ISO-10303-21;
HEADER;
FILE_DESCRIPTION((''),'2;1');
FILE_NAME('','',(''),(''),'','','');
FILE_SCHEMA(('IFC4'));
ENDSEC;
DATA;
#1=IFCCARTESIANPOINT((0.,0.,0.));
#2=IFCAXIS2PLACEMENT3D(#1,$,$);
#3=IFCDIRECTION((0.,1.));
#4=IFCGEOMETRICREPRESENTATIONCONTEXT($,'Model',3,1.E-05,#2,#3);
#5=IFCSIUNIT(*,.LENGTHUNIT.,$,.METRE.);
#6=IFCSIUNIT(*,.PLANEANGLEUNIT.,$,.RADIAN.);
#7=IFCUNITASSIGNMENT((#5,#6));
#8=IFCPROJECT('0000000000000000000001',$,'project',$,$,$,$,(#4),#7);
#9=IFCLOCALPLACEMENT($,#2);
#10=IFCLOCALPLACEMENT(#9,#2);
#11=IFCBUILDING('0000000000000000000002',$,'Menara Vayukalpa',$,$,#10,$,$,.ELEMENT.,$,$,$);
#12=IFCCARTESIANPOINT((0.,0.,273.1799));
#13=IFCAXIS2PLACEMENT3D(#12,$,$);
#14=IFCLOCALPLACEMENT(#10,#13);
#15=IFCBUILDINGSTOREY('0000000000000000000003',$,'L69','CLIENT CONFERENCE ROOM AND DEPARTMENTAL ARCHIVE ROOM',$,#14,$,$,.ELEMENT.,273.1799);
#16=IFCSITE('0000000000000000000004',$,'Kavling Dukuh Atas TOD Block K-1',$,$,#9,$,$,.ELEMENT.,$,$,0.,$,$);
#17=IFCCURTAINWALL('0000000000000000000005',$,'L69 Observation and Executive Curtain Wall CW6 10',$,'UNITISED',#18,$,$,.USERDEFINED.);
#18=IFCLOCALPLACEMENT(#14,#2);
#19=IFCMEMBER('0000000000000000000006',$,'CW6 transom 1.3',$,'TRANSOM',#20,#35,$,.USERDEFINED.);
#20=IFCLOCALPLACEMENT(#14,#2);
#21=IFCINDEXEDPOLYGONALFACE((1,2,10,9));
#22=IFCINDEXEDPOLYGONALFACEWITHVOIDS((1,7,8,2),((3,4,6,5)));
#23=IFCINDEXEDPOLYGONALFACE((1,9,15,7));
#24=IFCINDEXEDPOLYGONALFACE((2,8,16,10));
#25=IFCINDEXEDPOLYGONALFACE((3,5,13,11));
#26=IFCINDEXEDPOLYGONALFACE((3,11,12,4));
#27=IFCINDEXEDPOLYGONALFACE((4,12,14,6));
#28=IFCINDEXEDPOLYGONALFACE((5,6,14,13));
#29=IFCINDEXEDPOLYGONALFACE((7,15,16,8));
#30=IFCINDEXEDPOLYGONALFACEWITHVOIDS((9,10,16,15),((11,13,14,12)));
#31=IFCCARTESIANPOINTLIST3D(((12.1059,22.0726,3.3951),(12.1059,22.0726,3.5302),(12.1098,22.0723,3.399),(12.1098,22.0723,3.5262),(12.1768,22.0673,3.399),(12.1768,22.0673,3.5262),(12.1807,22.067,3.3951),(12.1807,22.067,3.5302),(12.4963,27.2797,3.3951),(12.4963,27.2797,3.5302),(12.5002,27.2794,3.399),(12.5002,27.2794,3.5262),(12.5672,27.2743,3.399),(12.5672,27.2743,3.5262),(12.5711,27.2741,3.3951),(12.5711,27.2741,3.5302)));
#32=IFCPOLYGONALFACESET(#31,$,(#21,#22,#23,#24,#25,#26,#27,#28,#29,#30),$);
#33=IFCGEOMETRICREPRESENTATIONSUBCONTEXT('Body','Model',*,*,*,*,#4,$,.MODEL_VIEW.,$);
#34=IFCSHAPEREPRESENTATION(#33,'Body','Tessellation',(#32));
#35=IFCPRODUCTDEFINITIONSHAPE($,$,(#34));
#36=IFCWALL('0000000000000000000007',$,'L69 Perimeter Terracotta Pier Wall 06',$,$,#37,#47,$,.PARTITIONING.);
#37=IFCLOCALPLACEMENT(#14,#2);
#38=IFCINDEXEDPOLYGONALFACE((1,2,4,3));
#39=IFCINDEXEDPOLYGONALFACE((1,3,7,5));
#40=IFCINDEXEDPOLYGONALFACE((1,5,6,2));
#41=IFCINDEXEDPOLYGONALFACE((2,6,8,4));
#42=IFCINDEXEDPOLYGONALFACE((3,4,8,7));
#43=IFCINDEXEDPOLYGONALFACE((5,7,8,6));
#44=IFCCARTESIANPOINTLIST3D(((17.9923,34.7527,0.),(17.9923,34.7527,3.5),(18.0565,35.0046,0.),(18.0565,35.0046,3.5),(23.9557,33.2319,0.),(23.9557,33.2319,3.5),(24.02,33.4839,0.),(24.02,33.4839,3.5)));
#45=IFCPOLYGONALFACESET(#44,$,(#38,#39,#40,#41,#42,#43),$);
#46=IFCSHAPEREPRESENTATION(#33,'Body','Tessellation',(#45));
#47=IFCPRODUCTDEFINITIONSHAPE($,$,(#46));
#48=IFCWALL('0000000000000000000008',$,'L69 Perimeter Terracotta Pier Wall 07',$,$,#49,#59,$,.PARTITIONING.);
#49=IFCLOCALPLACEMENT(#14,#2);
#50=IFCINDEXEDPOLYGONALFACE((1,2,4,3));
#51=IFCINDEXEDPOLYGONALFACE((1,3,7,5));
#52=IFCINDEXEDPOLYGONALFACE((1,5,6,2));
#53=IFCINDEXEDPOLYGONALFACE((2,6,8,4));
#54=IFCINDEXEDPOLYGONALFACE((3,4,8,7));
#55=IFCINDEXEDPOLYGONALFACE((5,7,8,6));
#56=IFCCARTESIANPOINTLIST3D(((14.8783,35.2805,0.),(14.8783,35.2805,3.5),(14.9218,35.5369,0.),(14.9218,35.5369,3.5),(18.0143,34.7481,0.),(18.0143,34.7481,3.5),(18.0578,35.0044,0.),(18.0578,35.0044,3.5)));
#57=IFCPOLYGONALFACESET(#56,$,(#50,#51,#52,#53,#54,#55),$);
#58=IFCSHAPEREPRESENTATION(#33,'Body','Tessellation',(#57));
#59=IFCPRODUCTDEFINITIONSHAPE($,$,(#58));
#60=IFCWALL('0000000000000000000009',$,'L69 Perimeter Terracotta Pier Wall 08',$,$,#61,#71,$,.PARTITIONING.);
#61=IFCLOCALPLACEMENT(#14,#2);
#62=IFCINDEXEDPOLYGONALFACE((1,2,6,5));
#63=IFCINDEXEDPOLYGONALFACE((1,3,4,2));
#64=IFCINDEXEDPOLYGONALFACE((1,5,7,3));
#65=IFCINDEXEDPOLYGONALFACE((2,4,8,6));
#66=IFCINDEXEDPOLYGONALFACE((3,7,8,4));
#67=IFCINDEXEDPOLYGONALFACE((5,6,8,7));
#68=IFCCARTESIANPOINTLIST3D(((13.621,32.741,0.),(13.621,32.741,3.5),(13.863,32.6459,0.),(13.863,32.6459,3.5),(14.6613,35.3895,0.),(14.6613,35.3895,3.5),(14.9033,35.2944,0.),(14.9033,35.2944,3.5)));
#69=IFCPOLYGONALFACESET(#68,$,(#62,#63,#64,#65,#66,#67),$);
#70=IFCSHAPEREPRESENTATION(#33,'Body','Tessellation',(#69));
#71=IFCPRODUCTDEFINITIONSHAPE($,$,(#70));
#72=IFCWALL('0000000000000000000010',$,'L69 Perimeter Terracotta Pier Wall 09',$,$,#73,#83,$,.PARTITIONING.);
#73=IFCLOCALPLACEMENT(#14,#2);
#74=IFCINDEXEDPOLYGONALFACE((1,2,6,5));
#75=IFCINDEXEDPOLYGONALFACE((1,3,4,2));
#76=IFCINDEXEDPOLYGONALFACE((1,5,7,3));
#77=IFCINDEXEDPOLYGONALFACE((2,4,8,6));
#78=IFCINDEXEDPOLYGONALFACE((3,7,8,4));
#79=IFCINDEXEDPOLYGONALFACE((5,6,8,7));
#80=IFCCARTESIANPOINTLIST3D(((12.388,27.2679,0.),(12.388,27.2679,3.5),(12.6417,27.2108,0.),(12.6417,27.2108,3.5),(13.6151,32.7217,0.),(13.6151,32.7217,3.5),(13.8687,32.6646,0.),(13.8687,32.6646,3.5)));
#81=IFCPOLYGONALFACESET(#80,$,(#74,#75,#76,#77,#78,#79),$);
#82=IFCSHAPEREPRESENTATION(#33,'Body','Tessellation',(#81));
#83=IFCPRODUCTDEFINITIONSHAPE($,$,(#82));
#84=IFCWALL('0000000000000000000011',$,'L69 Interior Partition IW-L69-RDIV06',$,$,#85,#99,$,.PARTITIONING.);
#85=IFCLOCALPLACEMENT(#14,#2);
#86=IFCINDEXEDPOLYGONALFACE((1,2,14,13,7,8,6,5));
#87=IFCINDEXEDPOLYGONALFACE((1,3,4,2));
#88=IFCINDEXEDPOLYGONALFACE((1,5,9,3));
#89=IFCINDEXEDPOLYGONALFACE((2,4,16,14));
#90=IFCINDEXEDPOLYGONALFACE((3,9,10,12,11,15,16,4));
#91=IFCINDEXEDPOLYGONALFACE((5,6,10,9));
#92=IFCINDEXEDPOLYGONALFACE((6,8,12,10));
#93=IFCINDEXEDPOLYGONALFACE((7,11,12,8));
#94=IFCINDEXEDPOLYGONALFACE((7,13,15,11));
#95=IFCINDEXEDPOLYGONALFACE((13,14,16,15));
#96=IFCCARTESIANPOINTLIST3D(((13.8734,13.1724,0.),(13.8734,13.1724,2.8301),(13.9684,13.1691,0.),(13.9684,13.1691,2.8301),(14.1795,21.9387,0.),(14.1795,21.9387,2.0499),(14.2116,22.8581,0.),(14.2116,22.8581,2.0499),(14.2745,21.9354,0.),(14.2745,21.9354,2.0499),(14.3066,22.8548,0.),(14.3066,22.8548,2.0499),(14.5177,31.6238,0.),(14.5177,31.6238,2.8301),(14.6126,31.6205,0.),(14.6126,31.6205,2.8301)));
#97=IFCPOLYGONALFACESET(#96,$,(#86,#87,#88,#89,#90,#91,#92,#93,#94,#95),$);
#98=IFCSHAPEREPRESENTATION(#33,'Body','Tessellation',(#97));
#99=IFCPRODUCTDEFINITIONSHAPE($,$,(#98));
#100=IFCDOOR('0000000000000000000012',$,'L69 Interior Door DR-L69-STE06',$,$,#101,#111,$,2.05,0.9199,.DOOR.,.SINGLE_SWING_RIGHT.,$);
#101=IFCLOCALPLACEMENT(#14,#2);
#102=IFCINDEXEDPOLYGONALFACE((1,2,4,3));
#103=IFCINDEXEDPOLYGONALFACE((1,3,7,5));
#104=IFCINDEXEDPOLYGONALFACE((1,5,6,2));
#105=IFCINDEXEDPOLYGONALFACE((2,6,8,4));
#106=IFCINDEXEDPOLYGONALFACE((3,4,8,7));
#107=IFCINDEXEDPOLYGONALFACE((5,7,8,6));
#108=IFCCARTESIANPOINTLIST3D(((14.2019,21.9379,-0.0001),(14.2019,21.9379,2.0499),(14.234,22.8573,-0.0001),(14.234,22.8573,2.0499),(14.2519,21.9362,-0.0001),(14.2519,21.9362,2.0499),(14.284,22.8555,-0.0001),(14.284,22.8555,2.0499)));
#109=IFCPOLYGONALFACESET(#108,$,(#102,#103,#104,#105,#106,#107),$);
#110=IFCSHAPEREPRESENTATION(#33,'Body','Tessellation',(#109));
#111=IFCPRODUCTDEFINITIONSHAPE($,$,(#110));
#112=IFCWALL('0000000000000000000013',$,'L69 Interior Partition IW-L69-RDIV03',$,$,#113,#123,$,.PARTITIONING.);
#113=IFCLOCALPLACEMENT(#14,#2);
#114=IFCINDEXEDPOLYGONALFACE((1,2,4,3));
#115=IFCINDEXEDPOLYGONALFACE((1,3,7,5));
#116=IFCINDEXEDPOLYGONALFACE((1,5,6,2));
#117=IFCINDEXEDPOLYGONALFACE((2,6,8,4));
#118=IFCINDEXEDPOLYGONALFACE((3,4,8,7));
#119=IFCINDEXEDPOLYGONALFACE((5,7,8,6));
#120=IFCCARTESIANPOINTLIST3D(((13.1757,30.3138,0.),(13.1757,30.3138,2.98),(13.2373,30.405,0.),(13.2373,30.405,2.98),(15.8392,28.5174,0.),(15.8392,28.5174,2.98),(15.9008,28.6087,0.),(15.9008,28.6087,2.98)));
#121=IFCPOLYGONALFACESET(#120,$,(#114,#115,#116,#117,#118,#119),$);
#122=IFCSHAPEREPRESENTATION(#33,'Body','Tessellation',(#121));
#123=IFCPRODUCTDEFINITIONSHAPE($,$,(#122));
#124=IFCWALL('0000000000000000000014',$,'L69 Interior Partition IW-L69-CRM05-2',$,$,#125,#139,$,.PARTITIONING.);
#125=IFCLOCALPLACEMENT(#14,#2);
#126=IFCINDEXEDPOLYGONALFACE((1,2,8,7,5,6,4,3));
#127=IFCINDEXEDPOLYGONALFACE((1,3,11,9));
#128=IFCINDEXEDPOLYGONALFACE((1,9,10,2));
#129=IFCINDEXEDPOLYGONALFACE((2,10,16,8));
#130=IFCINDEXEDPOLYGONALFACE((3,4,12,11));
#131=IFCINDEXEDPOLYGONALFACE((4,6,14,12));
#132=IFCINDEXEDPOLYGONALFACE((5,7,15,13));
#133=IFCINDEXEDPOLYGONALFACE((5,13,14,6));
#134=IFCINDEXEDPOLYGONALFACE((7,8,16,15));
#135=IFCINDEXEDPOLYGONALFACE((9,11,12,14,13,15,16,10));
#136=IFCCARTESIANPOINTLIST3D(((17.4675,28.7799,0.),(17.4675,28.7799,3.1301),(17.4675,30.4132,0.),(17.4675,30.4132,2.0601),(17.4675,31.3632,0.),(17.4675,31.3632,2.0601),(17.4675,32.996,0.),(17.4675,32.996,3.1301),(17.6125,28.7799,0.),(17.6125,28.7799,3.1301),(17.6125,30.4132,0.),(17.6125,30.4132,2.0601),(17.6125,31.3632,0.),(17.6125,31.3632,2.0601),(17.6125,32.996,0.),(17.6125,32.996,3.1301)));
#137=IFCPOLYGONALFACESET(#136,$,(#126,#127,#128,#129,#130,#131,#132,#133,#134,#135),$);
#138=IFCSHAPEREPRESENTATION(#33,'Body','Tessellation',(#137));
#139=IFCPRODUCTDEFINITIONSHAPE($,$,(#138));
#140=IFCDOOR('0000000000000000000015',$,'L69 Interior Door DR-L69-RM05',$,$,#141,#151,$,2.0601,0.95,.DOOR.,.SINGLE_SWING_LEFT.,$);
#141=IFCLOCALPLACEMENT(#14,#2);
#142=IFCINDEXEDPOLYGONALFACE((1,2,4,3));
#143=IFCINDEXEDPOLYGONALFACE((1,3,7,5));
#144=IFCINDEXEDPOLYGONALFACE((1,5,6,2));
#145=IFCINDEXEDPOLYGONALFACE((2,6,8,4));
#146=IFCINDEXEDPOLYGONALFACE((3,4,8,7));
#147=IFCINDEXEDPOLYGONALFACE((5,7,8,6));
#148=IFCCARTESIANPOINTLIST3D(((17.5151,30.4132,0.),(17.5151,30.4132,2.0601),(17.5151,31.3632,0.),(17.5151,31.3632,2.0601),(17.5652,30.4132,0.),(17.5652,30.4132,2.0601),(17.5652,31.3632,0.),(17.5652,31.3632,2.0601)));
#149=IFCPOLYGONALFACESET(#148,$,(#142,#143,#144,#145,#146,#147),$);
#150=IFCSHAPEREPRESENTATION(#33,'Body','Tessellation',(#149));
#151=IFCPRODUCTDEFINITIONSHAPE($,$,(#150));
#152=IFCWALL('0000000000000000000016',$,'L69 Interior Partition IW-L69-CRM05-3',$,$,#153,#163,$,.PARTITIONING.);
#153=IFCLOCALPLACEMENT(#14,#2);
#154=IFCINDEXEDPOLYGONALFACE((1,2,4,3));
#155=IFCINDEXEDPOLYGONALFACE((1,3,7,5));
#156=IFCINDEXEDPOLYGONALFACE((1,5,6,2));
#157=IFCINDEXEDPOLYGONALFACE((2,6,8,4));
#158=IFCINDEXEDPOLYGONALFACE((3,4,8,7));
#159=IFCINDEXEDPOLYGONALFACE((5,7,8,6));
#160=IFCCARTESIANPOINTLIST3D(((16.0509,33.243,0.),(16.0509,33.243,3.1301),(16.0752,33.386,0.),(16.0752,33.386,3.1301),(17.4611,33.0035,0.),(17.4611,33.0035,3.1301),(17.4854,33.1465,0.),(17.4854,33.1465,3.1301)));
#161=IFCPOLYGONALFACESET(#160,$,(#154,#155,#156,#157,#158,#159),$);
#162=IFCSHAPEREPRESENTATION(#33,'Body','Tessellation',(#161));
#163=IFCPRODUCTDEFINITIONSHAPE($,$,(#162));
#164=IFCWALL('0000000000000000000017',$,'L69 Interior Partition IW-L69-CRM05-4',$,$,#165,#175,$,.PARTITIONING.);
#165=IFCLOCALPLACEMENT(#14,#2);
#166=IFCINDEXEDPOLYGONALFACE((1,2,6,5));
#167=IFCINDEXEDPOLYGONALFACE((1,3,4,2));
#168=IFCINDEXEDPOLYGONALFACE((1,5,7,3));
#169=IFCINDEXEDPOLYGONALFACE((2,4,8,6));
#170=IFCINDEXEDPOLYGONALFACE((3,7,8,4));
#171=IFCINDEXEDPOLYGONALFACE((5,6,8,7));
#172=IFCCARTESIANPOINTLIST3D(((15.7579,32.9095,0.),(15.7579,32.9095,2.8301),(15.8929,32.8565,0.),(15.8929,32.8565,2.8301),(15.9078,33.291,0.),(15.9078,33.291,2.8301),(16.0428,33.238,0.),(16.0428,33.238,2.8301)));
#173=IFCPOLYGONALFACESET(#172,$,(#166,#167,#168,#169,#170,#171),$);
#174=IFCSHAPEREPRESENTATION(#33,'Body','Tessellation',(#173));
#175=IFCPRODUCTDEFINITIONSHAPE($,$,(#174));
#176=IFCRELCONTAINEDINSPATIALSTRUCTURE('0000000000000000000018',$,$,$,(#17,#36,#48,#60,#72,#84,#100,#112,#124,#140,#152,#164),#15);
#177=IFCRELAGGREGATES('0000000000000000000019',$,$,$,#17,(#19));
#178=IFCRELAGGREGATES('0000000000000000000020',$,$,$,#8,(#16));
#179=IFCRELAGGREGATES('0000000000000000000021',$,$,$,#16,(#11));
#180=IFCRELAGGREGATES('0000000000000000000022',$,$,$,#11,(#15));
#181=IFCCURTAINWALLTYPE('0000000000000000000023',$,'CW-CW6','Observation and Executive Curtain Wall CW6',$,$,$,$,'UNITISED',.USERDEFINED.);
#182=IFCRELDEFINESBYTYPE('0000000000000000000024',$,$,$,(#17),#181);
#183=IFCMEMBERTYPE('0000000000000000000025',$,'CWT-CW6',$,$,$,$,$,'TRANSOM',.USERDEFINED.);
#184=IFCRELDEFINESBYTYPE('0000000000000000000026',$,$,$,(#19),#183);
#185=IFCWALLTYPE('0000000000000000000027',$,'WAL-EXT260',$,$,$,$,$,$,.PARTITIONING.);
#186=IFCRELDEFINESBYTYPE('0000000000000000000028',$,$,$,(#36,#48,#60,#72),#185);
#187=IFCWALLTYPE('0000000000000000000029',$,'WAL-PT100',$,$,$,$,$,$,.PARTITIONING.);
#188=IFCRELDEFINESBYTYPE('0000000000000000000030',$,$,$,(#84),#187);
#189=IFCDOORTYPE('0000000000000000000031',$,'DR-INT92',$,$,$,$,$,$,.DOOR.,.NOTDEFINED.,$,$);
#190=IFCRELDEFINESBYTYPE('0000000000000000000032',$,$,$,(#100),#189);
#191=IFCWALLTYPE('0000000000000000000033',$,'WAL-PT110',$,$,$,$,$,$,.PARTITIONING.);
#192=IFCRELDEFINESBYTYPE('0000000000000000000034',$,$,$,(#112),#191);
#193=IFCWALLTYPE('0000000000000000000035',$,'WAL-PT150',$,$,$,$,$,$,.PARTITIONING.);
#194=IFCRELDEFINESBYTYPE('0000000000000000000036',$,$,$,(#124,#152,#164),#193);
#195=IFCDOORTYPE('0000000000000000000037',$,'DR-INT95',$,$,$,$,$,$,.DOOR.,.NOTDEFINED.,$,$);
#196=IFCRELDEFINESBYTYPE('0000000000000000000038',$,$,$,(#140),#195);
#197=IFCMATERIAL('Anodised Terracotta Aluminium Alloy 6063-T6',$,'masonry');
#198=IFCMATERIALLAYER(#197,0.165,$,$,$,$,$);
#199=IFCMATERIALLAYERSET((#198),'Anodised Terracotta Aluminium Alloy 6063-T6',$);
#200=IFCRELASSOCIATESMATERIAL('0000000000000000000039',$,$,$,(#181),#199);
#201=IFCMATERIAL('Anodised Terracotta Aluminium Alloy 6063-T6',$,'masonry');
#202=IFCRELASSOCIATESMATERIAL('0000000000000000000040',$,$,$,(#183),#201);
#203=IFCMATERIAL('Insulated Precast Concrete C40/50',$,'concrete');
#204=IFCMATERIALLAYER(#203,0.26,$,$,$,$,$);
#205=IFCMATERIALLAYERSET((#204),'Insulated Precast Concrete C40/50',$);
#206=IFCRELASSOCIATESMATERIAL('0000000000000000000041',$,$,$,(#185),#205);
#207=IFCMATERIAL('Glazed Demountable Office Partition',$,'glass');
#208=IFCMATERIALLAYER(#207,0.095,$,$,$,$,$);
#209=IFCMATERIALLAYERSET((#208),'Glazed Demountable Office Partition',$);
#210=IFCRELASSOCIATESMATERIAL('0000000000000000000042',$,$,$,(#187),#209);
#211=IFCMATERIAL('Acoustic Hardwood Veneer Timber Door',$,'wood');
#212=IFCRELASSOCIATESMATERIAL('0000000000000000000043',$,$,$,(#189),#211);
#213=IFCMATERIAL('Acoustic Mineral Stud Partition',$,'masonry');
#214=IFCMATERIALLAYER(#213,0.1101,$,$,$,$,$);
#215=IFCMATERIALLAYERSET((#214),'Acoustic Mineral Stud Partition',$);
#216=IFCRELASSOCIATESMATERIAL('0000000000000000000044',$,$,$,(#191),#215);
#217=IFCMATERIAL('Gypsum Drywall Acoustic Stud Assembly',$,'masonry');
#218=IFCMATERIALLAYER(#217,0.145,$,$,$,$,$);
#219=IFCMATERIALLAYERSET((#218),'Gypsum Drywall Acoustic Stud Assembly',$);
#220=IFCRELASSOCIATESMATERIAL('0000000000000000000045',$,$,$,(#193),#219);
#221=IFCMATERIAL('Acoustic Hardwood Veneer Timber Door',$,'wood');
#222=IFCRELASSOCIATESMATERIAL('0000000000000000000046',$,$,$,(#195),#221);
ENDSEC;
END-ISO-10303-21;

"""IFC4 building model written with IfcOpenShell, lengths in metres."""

from ifc_helpers import new_model, si_unit, direction, frame, frame_2d, origin, origin_2d, place, context, subcontext, project, spatial, rectangle, hollow_rectangle, extrude, material, layer, layer_set, material_profile, profile_set, type_object, element, fill, aggregate, save


model = new_model("IFC4")

# Units and contexts
model_context = context("Model", 3, precision=1e-05, world=origin(), true_north=direction((0.0, 1.0)))
body_context = subcontext(model_context, "Body", "Model", "MODEL_VIEW")
ifc_project = project(units=[si_unit("LENGTHUNIT", "METRE"), si_unit("PLANEANGLEUNIT", "RADIAN")], contexts=[model_context])

# Site, building, storey
site_placement = place(None, origin())
site = spatial("IfcSite", under=ifc_project, at=site_placement, Name="Kavling Dukuh Atas TOD Block K-1", CompositionType="ELEMENT", RefElevation=0.0)
building_placement = place(site_placement, origin())
building = spatial("IfcBuilding", under=site, at=building_placement, Name="Menara Vayukalpa", CompositionType="ELEMENT")
storey_placement = place(building_placement, frame((0.0, 0.0, 273.1799)))
storey = spatial("IfcBuildingStorey", under=building, at=storey_placement, Name="L69", Description="CLIENT CONFERENCE ROOM AND DEPARTMENTAL ARCHIVE ROOM", CompositionType="ELEMENT", Elevation=273.1799)

# Curtain wall, member
ifc_material_1 = material(Name="Anodised Terracotta Aluminium Alloy 6063-T6", Category="masonry")
ifc_layer_1 = layer(ifc_material_1, 0.165)
ifc_layer_set_1 = layer_set([ifc_layer_1], Name="Anodised Terracotta Aluminium Alloy 6063-T6")
curtain_wall_type = type_object("IfcCurtainWallType", Name="CW-CW6", Description="Observation and Executive Curtain Wall CW6", ElementType="UNITISED", PredefinedType="USERDEFINED", material=ifc_layer_set_1)
curtain_wall_placement = place(storey_placement, origin())
curtain_wall = element("IfcCurtainWall", 1, at=curtain_wall_placement, inside=storey, type_object=curtain_wall_type, Name="L69 Observation and Executive Curtain Wall CW6 10", ObjectType="UNITISED", PredefinedType="USERDEFINED")
ifc_material_2 = material(Name="Anodised Terracotta Aluminium Alloy 6063-T6", Category="masonry")
ifc_material_profile_1 = material_profile(ifc_material_2, hollow_rectangle(XDim=0.075, YDim=0.135, WallThickness=0.0039, at=origin_2d()), Name="ALU 75x135x4")
ifc_profile_set_1 = profile_set([ifc_material_profile_1], Name="Anodised Terracotta Aluminium Alloy 6063-T6")
member_type_1 = type_object("IfcMemberType", Name="CWT-CW6", ElementType="TRANSOM", PredefinedType="USERDEFINED", material=ifc_profile_set_1)
member_1_placement = place(storey_placement, frame((12.5337, 27.2769, 3.4626), z_axis=(-0.074762, -0.997201, 0.0), x_axis=(0.997201, -0.074762, 0.0)))
member_1 = element("IfcMember", 2, at=member_1_placement, type_object=member_type_1, Name="CW6 transom 1.3", ObjectType="TRANSOM", PredefinedType="USERDEFINED", context=body_context, shape_type="SweptSolid", body=[
    extrude(hollow_rectangle(XDim=0.075, YDim=0.135, WallThickness=0.0039, at=origin_2d()), origin(), (0.0, 0.0, 1.0), 5.2217),
])
aggregate(curtain_wall, [member_1])

# Walls
ifc_material_3 = material(Name="Insulated Precast Concrete C40/50", Category="concrete")
ifc_layer_2 = layer(ifc_material_3, 0.26)
ifc_layer_set_2 = layer_set([ifc_layer_2], Name="Insulated Precast Concrete C40/50")
wall_type_1 = type_object("IfcWallType", Name="WAL-EXT260", PredefinedType="PARTITIONING", material=ifc_layer_set_2)
wall_1_placement = place(storey_placement, frame((18.0244, 34.8787, 0.0), z_axis=(0.0, 0.0, 1.0), x_axis=(0.968988, -0.247107, 0.0)))
element("IfcWall", 3, at=wall_1_placement, inside=storey, type_object=wall_type_1, Name="L69 Perimeter Terracotta Pier Wall 06", PredefinedType="PARTITIONING", context=body_context, shape_type="SweptSolid", body=[
    extrude(rectangle(XDim=6.1543, YDim=0.26, at=frame_2d((3.0771, 0.0))), origin(), (0.0, 0.0, 1.0), 3.5),
])
wall_2_placement = place(storey_placement, frame((14.9001, 35.4087, 0.0), z_axis=(0.0, 0.0, 1.0), x_axis=(0.985889, -0.167398, 0.0)))
element("IfcWall", 4, at=wall_2_placement, inside=storey, type_object=wall_type_1, Name="L69 Perimeter Terracotta Pier Wall 07", PredefinedType="PARTITIONING", context=body_context, shape_type="SweptSolid", body=[
    extrude(rectangle(XDim=3.1809, YDim=0.26, at=frame_2d((1.5903, 0.0))), origin(), (0.0, 0.0, 1.0), 3.5),
])
wall_3_placement = place(storey_placement, frame((13.7419, 32.6934, 0.0), z_axis=(0.0, 0.0, 1.0), x_axis=(0.365599, 0.930772, 0.0)))
element("IfcWall", 5, at=wall_3_placement, inside=storey, type_object=wall_type_1, Name="L69 Perimeter Terracotta Pier Wall 08", PredefinedType="PARTITIONING", context=body_context, shape_type="SweptSolid", body=[
    extrude(rectangle(XDim=2.8455, YDim=0.26, at=frame_2d((1.4229, 0.0))), origin(), (0.0, 0.0, 1.0), 3.5),
])
wall_4_placement = place(storey_placement, frame((12.5149, 27.2395, 0.0), z_axis=(0.0, 0.0, 1.0), x_axis=(0.219501, 0.975612, 0.0)))
element("IfcWall", 6, at=wall_4_placement, inside=storey, type_object=wall_type_1, Name="L69 Perimeter Terracotta Pier Wall 09", PredefinedType="PARTITIONING", context=body_context, shape_type="SweptSolid", body=[
    extrude(rectangle(XDim=5.5901, YDim=0.26, at=frame_2d((2.7949, 0.0))), origin(), (0.0, 0.0, 1.0), 3.5),
])

# Wall, opening, door
ifc_material_4 = material(Name="Glazed Demountable Office Partition", Category="glass")
ifc_layer_3 = layer(ifc_material_4, 0.095)
ifc_layer_set_3 = layer_set([ifc_layer_3], Name="Glazed Demountable Office Partition")
wall_type_2 = type_object("IfcWallType", Name="WAL-PT100", PredefinedType="PARTITIONING", material=ifc_layer_set_3)
wall_5_placement = place(storey_placement, frame((14.5652, 31.6223, 0.0), z_axis=(0.0, 0.0, 1.0), x_axis=(-0.034897, -0.999391, 0.0)))
wall_5 = element("IfcWall", 7, at=wall_5_placement, inside=storey, type_object=wall_type_2, Name="L69 Interior Partition IW-L69-RDIV06", PredefinedType="PARTITIONING", context=body_context, shape_type="SweptSolid", body=[
    extrude(rectangle(XDim=18.4626, YDim=0.095, at=frame_2d((9.2314, 0.0))), origin(), (0.0, 0.0, 1.0), 2.8301),
])
opening_1_placement = place(wall_5_placement, frame((8.7712, 0.0, 0.0)))
opening_1 = element("IfcOpeningElement", 8, at=opening_1_placement, cuts=wall_5, PredefinedType="OPENING", context=body_context, shape_type="SweptSolid", body=[
    extrude(rectangle(XDim=0.9199, YDim=2.05, at=frame_2d((0.46, 1.0249))), frame((0.0, 0.0574, 0.0), z_axis=(0.0, -1.0, 0.0), x_axis=(1.0, 0.0, 0.0)), (0.0, 0.0, 1.0), 0.115),
])
ifc_material_5 = material(Name="Acoustic Hardwood Veneer Timber Door", Category="wood")
door_type_1 = type_object("IfcDoorType", Name="DR-INT92", OperationType="NOTDEFINED", PredefinedType="DOOR", material=ifc_material_5)
door_1_placement = place(opening_1_placement, origin())
door_1 = element("IfcDoor", 9, at=door_1_placement, inside=storey, type_object=door_type_1, Name="L69 Interior Door DR-L69-STE06", OperationType="SINGLE_SWING_RIGHT", OverallHeight=2.05, OverallWidth=0.9199, PredefinedType="DOOR", context=body_context, shape_type="SweptSolid", body=[
    extrude(rectangle(XDim=0.9199, YDim=2.05, at=frame_2d((0.46, 1.0249))), frame((0.0, 0.0249, 0.0), z_axis=(0.0, -1.0, 0.0), x_axis=(1.0, 0.0, 0.0)), (0.0, 0.0, 1.0), 0.05),
])
fill(opening_1, door_1)

# Wall
ifc_material_6 = material(Name="Acoustic Mineral Stud Partition", Category="masonry")
ifc_layer_4 = layer(ifc_material_6, 0.1101)
ifc_layer_set_4 = layer_set([ifc_layer_4], Name="Acoustic Mineral Stud Partition")
wall_type_3 = type_object("IfcWallType", Name="WAL-PT110", PredefinedType="PARTITIONING", material=ifc_layer_set_4)
wall_6_placement = place(storey_placement, frame((15.8701, 28.563, 0.0), z_axis=(0.0, 0.0, 1.0), x_axis=(-0.829069, 0.559147, 0.0)))
element("IfcWall", 10, at=wall_6_placement, inside=storey, type_object=wall_type_3, Name="L69 Interior Partition IW-L69-RDIV03", PredefinedType="PARTITIONING", context=body_context, shape_type="SweptSolid", body=[
    extrude(rectangle(XDim=3.2126, YDim=0.1101, at=frame_2d((1.6064, 0.0))), origin(), (0.0, 0.0, 1.0), 2.98),
])

# Wall, opening, door
ifc_material_7 = material(Name="Gypsum Drywall Acoustic Stud Assembly", Category="masonry")
ifc_layer_5 = layer(ifc_material_7, 0.145)
ifc_layer_set_5 = layer_set([ifc_layer_5], Name="Gypsum Drywall Acoustic Stud Assembly")
wall_type_4 = type_object("IfcWallType", Name="WAL-PT150", PredefinedType="PARTITIONING", material=ifc_layer_set_5)
wall_7_placement = place(storey_placement, frame((17.54, 28.78, 0.0), z_axis=(0.0, 0.0, 1.0), x_axis=(0.0, 1.0, 0.0)))
wall_7 = element("IfcWall", 11, at=wall_7_placement, inside=storey, type_object=wall_type_4, Name="L69 Interior Partition IW-L69-CRM05-2", PredefinedType="PARTITIONING", context=body_context, shape_type="SweptSolid", body=[
    extrude(rectangle(XDim=4.2161, YDim=0.145, at=frame_2d((2.1079, 0.0))), origin(), (0.0, 0.0, 1.0), 3.1301),
])
opening_2_placement = place(wall_7_placement, frame((1.6331, 0.0, 0.0)))
opening_2 = element("IfcOpeningElement", 12, at=opening_2_placement, cuts=wall_7, PredefinedType="OPENING", context=body_context, shape_type="SweptSolid", body=[
    extrude(rectangle(XDim=0.95, YDim=2.0601, at=frame_2d((0.4751, 1.03))), frame((0.0, 0.0825, 0.0), z_axis=(0.0, -1.0, 0.0), x_axis=(1.0, 0.0, 0.0)), (0.0, 0.0, 1.0), 0.165),
])
ifc_material_8 = material(Name="Acoustic Hardwood Veneer Timber Door", Category="wood")
door_type_2 = type_object("IfcDoorType", Name="DR-INT95", OperationType="NOTDEFINED", PredefinedType="DOOR", material=ifc_material_8)
door_2_placement = place(opening_2_placement, origin())
door_2 = element("IfcDoor", 13, at=door_2_placement, inside=storey, type_object=door_type_2, Name="L69 Interior Door DR-L69-RM05", OperationType="SINGLE_SWING_LEFT", OverallHeight=2.0601, OverallWidth=0.95, PredefinedType="DOOR", context=body_context, shape_type="SweptSolid", body=[
    extrude(rectangle(XDim=0.95, YDim=2.0601, at=frame_2d((0.4751, 1.03))), frame((0.0, 0.0249, 0.0), z_axis=(0.0, -1.0, 0.0), x_axis=(1.0, 0.0, 0.0)), (0.0, 0.0, 1.0), 0.05),
])
fill(opening_2, door_2)

# Walls
wall_8_placement = place(storey_placement, frame((17.4734, 33.075, 0.0), z_axis=(0.0, 0.0, 1.0), x_axis=(-0.985882, 0.167443, 0.0)))
element("IfcWall", 14, at=wall_8_placement, inside=storey, type_object=wall_type_4, Name="L69 Interior Partition IW-L69-CRM05-3", PredefinedType="PARTITIONING", context=body_context, shape_type="SweptSolid", body=[
    extrude(rectangle(XDim=1.4304, YDim=0.145, at=frame_2d((0.7153, 0.0))), origin(), (0.0, 0.0, 1.0), 3.1301),
])
wall_9_placement = place(storey_placement, frame((15.9753, 33.2646, 0.0), z_axis=(0.0, 0.0, 1.0), x_axis=(-0.365634, -0.930759, 0.0)))
element("IfcWall", 15, at=wall_9_placement, inside=storey, type_object=wall_type_4, Name="L69 Interior Partition IW-L69-CRM05-4", PredefinedType="PARTITIONING", context=body_context, shape_type="SweptSolid", body=[
    extrude(rectangle(XDim=0.4099, YDim=0.145, at=frame_2d((0.2051, 0.0))), origin(), (0.0, 0.0, 1.0), 2.8301),
])

save(model, "model.ifc")
